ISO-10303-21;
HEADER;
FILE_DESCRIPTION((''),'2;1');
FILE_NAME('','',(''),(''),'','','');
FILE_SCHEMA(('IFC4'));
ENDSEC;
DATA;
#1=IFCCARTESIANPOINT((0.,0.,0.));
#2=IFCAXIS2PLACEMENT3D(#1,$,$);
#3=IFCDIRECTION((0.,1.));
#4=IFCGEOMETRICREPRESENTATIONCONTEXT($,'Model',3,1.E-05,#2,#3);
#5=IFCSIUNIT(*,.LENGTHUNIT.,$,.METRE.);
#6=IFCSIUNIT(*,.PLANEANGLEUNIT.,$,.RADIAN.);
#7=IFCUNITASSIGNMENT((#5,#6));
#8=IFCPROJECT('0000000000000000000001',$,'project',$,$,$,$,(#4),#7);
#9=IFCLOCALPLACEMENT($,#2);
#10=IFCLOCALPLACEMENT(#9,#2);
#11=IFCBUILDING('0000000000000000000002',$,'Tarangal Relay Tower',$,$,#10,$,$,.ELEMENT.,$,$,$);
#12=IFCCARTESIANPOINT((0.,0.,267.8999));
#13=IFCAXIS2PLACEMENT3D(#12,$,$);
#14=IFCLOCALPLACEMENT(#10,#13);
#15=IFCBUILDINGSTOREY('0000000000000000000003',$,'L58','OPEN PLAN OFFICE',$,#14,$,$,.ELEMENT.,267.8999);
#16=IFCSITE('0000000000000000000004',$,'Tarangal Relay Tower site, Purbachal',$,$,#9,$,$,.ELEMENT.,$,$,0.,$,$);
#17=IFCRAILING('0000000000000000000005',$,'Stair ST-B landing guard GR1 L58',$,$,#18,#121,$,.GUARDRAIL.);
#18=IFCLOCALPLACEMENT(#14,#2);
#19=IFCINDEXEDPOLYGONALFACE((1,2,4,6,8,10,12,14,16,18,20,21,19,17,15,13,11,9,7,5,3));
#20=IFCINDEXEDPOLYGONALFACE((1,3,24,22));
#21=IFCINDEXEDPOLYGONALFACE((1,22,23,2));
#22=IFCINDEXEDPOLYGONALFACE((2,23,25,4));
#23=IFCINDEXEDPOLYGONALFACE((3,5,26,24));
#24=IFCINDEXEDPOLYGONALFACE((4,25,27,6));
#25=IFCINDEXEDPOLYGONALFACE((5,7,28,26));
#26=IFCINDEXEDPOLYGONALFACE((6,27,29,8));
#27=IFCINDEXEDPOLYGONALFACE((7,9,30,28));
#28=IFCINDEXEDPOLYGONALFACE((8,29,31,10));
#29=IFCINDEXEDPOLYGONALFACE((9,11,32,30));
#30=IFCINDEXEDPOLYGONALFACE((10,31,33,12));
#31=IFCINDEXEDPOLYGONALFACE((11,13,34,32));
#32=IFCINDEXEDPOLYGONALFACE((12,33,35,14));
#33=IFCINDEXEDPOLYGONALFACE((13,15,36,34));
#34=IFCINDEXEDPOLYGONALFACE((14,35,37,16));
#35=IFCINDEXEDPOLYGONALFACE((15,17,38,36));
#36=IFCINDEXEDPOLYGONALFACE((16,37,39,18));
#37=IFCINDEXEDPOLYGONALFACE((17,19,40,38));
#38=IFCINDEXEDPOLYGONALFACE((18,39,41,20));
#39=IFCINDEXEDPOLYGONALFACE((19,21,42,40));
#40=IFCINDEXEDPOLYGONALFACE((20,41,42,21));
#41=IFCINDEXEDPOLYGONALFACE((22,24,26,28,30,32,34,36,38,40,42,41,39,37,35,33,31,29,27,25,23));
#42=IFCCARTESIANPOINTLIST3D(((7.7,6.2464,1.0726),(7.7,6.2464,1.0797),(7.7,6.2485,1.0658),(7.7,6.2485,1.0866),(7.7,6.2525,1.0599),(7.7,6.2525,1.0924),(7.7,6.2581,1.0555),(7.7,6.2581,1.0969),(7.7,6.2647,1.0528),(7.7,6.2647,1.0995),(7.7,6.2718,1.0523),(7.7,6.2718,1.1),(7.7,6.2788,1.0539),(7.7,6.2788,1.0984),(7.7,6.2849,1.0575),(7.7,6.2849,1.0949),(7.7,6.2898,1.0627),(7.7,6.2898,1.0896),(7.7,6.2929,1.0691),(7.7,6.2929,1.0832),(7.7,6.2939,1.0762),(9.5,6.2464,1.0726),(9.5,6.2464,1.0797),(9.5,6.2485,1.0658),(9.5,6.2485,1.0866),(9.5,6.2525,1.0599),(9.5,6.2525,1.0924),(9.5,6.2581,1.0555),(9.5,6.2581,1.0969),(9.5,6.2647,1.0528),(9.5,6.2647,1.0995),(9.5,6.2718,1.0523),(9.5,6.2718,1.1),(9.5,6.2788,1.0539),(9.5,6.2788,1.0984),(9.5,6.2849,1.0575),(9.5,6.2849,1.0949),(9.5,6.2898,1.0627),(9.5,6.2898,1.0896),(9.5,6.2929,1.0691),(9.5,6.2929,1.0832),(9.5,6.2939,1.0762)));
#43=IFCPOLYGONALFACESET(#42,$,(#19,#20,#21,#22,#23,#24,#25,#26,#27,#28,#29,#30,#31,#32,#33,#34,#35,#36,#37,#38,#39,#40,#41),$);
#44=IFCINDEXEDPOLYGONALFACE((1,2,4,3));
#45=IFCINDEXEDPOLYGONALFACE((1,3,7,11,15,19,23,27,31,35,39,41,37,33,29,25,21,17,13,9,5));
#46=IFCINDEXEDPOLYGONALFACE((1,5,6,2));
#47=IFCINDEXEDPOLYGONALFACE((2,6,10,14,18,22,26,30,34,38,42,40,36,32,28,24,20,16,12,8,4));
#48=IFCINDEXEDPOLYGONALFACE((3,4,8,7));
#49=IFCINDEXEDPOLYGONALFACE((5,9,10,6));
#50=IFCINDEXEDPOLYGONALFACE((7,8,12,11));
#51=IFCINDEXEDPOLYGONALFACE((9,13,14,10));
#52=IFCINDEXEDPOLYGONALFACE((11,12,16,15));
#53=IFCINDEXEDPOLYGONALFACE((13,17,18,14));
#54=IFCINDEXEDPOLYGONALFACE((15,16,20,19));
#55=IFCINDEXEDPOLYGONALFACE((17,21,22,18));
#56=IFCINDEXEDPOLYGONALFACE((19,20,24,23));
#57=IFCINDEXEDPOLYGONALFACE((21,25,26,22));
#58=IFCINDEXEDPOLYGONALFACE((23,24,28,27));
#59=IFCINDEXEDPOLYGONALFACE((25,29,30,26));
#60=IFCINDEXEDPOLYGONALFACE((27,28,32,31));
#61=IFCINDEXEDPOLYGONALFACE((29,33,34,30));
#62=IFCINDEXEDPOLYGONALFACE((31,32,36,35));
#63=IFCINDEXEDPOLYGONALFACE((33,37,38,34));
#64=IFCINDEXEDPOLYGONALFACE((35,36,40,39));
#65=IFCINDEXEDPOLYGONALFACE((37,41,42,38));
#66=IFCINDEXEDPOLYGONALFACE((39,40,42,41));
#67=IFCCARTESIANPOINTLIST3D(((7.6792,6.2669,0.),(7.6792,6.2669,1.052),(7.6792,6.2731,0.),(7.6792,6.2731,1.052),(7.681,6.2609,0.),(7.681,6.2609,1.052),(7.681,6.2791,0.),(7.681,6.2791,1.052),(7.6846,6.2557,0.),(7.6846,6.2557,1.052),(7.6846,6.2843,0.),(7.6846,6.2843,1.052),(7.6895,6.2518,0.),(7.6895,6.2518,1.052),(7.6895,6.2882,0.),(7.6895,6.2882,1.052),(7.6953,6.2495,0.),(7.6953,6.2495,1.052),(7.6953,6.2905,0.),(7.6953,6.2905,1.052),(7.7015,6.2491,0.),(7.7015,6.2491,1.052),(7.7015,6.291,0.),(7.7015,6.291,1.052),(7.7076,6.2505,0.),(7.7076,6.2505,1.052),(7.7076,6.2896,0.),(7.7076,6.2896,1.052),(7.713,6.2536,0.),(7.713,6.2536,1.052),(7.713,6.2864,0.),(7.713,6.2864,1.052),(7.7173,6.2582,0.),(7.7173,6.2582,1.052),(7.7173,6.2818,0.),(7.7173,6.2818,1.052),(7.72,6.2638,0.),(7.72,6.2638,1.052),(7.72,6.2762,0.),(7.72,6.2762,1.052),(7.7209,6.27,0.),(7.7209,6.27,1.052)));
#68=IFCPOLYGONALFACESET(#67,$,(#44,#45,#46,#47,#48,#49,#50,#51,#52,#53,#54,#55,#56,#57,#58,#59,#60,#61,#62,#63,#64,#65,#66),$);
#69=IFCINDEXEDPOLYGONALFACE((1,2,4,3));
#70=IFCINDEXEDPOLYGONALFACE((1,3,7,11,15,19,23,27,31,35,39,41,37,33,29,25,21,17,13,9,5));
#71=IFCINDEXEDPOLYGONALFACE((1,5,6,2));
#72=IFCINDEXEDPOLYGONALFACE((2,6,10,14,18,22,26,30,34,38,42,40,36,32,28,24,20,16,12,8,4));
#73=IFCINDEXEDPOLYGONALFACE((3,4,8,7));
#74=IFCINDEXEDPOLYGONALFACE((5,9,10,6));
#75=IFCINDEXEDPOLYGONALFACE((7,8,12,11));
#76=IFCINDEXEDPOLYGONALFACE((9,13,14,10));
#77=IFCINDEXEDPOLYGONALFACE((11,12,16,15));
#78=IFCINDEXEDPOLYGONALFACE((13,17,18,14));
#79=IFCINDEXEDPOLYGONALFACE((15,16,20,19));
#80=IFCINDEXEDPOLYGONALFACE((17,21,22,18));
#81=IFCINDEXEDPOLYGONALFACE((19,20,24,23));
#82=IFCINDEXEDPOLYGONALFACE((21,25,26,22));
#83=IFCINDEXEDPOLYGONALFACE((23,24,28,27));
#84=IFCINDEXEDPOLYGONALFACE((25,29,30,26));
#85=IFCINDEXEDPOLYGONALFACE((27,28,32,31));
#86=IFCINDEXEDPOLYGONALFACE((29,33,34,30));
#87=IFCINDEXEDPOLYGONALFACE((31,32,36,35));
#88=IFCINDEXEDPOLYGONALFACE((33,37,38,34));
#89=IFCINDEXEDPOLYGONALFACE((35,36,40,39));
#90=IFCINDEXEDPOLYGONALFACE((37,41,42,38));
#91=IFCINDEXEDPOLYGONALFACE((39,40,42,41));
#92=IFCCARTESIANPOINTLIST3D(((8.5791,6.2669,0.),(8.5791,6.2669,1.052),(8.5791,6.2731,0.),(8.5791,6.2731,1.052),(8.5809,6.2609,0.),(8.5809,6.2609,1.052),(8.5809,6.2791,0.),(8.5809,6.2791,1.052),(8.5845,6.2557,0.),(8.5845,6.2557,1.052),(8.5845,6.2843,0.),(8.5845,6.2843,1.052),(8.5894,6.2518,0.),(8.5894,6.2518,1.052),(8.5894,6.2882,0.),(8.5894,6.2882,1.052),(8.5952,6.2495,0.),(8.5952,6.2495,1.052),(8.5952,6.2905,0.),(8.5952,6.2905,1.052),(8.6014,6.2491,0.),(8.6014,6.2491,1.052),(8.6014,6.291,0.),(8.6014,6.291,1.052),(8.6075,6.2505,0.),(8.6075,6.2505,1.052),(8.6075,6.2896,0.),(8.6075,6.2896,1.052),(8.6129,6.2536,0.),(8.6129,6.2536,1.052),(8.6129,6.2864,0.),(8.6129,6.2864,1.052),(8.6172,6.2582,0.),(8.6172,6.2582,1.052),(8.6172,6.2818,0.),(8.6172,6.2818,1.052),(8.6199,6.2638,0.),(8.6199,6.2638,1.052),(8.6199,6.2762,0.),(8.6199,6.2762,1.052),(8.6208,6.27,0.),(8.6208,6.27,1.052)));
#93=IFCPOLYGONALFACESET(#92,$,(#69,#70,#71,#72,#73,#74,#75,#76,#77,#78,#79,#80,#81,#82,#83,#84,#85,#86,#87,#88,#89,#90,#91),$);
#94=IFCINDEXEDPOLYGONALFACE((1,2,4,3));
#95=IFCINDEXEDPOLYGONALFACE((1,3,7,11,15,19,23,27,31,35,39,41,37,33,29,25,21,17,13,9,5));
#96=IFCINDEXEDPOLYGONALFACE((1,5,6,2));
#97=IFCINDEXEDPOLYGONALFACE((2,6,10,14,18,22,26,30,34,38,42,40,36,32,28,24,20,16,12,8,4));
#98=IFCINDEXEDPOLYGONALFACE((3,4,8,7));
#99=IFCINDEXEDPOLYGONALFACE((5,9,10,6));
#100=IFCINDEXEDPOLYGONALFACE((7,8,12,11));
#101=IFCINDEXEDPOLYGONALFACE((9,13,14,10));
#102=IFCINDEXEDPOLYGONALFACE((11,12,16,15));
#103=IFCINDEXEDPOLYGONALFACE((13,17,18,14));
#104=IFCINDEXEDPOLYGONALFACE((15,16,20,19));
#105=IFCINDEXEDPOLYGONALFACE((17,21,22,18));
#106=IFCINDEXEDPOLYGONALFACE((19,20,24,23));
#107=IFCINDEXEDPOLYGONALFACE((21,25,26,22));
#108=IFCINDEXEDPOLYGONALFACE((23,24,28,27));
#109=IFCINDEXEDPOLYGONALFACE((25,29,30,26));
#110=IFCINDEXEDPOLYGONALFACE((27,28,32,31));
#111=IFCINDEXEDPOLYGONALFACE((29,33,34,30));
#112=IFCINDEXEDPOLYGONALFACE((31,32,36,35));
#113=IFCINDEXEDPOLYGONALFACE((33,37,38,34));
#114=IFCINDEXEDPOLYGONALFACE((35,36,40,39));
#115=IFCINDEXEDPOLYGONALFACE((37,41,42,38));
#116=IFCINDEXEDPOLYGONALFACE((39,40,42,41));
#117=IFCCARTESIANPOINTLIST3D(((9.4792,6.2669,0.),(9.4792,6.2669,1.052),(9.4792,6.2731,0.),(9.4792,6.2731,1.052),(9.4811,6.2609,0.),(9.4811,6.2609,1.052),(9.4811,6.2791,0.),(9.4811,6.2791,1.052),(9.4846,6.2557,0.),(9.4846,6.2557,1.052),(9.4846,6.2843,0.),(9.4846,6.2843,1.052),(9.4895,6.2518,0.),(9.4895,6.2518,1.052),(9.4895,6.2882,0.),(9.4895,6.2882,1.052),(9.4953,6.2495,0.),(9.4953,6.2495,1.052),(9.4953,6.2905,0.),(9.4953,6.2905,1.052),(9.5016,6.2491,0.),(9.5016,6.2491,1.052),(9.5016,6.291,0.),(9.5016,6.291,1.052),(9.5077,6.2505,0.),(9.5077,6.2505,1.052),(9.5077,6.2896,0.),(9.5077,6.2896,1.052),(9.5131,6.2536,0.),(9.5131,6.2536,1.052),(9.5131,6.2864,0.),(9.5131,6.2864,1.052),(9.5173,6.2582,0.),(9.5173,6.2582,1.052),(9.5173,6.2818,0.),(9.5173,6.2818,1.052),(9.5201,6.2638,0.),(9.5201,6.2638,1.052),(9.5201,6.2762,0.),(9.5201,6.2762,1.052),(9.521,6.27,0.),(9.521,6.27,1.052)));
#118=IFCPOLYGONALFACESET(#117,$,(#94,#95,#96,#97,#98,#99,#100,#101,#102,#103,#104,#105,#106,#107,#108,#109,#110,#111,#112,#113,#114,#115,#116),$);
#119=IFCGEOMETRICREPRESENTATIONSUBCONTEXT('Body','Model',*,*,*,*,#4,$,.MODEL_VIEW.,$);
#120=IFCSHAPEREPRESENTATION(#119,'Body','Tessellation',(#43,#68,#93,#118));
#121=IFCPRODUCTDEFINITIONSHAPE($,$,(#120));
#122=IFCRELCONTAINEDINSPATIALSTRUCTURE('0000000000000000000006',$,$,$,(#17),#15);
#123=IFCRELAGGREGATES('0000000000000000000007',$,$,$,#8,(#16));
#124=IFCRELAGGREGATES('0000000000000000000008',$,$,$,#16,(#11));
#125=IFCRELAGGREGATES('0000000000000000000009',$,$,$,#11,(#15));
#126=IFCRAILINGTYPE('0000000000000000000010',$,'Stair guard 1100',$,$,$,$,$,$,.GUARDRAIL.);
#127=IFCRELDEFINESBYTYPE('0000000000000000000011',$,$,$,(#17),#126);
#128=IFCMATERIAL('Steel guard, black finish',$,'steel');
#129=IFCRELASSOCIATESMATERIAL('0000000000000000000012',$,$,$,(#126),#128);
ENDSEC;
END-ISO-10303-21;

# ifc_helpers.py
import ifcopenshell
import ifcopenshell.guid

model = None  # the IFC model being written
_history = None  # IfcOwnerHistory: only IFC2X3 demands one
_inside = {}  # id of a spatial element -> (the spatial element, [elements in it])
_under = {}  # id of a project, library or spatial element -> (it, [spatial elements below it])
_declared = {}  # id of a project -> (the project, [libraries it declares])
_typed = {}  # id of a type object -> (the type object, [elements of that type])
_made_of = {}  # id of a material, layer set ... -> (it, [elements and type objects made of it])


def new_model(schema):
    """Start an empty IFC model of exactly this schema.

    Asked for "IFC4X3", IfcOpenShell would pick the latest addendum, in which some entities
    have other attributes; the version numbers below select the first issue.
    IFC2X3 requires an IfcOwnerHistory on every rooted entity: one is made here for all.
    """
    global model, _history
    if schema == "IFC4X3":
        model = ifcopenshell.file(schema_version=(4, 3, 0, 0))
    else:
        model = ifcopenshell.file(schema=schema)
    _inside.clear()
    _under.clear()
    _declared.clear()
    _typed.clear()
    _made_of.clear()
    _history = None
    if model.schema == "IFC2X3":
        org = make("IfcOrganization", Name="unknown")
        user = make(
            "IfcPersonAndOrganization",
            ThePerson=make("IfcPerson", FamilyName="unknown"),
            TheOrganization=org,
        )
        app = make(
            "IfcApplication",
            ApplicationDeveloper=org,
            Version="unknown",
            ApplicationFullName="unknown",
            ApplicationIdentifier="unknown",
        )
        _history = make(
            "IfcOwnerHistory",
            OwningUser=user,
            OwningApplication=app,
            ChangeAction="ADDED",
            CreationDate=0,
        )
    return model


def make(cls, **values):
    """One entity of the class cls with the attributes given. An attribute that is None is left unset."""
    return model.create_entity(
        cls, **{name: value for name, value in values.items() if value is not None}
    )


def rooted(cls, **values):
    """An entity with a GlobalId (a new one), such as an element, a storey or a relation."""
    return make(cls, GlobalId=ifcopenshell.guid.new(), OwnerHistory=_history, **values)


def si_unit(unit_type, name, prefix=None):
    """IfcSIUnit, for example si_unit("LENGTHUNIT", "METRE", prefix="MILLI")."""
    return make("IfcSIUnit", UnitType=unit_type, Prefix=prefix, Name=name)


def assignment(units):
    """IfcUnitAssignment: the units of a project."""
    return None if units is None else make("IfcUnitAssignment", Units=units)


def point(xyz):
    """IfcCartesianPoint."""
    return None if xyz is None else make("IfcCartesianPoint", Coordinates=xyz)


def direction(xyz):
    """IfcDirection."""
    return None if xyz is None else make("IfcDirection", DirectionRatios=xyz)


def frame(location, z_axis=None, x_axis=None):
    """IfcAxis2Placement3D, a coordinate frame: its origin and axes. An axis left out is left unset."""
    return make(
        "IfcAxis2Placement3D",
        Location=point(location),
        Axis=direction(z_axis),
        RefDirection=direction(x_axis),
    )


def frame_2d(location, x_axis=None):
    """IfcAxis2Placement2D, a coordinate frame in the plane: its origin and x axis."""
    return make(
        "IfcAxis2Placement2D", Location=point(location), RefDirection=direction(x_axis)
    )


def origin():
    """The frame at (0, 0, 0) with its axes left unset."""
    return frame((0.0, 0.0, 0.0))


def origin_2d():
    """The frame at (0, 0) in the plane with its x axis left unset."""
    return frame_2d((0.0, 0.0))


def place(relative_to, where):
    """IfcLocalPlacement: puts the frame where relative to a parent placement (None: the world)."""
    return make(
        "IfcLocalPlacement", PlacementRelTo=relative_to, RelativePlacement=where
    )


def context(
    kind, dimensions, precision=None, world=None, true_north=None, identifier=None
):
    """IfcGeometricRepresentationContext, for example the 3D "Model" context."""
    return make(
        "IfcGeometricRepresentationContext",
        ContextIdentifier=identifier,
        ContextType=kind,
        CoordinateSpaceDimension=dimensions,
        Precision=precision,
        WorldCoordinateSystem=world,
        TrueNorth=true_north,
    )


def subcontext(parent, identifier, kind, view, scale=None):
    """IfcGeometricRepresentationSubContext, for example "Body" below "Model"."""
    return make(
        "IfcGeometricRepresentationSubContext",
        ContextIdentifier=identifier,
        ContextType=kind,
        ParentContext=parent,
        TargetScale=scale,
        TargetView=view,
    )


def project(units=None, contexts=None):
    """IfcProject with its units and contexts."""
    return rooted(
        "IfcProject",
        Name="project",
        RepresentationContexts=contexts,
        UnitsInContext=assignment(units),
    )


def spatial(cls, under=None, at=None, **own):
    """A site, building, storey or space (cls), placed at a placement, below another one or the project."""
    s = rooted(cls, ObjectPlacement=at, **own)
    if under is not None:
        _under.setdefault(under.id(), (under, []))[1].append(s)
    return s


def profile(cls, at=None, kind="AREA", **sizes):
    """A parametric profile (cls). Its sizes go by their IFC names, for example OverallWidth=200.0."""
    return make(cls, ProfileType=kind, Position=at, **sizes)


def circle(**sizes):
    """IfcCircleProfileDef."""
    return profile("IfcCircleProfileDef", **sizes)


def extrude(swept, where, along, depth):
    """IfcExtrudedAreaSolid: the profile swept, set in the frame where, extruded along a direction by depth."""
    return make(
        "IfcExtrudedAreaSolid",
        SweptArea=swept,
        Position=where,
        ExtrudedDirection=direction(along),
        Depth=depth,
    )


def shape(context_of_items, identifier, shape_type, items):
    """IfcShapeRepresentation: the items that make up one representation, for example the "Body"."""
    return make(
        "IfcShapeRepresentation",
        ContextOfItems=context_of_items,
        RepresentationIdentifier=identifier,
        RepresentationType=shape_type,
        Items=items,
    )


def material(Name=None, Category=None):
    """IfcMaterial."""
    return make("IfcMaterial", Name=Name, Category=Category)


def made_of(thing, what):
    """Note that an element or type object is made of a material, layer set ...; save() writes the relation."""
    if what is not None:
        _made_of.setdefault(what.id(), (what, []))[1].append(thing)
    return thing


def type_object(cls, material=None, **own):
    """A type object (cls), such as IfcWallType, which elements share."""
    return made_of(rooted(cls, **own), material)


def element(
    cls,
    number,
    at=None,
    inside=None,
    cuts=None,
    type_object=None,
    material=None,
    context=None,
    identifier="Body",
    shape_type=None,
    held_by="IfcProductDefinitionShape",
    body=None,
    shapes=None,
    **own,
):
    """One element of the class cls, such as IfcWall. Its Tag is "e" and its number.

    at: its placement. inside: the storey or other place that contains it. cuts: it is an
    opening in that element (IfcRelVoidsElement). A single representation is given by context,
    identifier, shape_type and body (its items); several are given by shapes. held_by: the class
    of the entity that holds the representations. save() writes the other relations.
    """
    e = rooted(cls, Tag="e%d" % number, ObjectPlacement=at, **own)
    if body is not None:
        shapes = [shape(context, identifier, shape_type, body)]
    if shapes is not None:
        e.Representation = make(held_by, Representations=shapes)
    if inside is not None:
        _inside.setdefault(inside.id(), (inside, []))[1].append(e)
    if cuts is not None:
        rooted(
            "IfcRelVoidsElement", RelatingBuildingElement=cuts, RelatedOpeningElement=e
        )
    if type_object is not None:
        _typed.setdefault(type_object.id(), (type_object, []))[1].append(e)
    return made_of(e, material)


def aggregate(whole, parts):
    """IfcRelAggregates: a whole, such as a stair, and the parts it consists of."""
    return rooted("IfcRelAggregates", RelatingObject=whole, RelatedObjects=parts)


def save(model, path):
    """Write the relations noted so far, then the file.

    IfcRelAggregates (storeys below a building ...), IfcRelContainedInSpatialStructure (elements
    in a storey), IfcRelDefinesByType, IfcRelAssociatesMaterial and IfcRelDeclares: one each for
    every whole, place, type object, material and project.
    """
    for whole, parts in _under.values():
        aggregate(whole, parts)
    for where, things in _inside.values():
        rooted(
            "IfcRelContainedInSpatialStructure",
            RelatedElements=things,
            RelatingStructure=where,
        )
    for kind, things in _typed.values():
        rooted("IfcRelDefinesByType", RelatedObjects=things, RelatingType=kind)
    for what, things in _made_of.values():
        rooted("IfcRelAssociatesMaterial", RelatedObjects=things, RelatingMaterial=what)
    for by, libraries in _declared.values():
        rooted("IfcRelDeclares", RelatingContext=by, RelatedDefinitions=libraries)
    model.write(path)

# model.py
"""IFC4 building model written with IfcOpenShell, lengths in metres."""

from ifc_helpers import new_model, si_unit, direction, frame, origin, origin_2d, place, context, subcontext, project, spatial, circle, extrude, material, type_object, element, save


model = new_model("IFC4")

# Units and contexts
model_context = context("Model", 3, precision=1e-05, world=origin(), true_north=direction((0.0, 1.0)))
body_context = subcontext(model_context, "Body", "Model", "MODEL_VIEW")
ifc_project = project(units=[si_unit("LENGTHUNIT", "METRE"), si_unit("PLANEANGLEUNIT", "RADIAN")], contexts=[model_context])

# Site, building, storey
site_placement = place(None, origin())
site = spatial("IfcSite", under=ifc_project, at=site_placement, Name="Tarangal Relay Tower site, Purbachal", CompositionType="ELEMENT", RefElevation=0.0)
building_placement = place(site_placement, origin())
building = spatial("IfcBuilding", under=site, at=building_placement, Name="Tarangal Relay Tower", CompositionType="ELEMENT")
storey_placement = place(building_placement, frame((0.0, 0.0, 267.8999)))
storey = spatial("IfcBuildingStorey", under=building, at=storey_placement, Name="L58", Description="OPEN PLAN OFFICE", CompositionType="ELEMENT", Elevation=267.8999)

# Railing
ifc_material_1 = material(Name="Steel guard, black finish", Category="steel")
railing_type_1 = type_object("IfcRailingType", Name="Stair guard 1100", PredefinedType="GUARDRAIL", material=ifc_material_1)
railing_1_placement = place(storey_placement, frame((7.7, 6.27, 0.0)))
element("IfcRailing", 1, at=railing_1_placement, inside=storey, type_object=railing_type_1, Name="Stair ST-B landing guard GR1 L58", PredefinedType="GUARDRAIL", context=body_context, shape_type="SweptSolid", body=[
    extrude(circle(Radius=0.0239, at=origin_2d()), frame((0.0, 0.0, 1.0762), z_axis=(1.0, 0.0, 0.0), x_axis=(0.0, 1.0, 0.0)), (0.0, 0.0, 1.0), 1.8),
    extrude(circle(Radius=0.021, at=origin_2d()), origin(), (0.0, 0.0, 1.0), 1.052),
    extrude(circle(Radius=0.021, at=origin_2d()), frame((0.8999, 0.0, 0.0)), (0.0, 0.0, 1.0), 1.052),
    extrude(circle(Radius=0.021, at=origin_2d()), frame((1.8, 0.0, 0.0)), (0.0, 0.0, 1.0), 1.052),
])

save(model, "model.ifc")
